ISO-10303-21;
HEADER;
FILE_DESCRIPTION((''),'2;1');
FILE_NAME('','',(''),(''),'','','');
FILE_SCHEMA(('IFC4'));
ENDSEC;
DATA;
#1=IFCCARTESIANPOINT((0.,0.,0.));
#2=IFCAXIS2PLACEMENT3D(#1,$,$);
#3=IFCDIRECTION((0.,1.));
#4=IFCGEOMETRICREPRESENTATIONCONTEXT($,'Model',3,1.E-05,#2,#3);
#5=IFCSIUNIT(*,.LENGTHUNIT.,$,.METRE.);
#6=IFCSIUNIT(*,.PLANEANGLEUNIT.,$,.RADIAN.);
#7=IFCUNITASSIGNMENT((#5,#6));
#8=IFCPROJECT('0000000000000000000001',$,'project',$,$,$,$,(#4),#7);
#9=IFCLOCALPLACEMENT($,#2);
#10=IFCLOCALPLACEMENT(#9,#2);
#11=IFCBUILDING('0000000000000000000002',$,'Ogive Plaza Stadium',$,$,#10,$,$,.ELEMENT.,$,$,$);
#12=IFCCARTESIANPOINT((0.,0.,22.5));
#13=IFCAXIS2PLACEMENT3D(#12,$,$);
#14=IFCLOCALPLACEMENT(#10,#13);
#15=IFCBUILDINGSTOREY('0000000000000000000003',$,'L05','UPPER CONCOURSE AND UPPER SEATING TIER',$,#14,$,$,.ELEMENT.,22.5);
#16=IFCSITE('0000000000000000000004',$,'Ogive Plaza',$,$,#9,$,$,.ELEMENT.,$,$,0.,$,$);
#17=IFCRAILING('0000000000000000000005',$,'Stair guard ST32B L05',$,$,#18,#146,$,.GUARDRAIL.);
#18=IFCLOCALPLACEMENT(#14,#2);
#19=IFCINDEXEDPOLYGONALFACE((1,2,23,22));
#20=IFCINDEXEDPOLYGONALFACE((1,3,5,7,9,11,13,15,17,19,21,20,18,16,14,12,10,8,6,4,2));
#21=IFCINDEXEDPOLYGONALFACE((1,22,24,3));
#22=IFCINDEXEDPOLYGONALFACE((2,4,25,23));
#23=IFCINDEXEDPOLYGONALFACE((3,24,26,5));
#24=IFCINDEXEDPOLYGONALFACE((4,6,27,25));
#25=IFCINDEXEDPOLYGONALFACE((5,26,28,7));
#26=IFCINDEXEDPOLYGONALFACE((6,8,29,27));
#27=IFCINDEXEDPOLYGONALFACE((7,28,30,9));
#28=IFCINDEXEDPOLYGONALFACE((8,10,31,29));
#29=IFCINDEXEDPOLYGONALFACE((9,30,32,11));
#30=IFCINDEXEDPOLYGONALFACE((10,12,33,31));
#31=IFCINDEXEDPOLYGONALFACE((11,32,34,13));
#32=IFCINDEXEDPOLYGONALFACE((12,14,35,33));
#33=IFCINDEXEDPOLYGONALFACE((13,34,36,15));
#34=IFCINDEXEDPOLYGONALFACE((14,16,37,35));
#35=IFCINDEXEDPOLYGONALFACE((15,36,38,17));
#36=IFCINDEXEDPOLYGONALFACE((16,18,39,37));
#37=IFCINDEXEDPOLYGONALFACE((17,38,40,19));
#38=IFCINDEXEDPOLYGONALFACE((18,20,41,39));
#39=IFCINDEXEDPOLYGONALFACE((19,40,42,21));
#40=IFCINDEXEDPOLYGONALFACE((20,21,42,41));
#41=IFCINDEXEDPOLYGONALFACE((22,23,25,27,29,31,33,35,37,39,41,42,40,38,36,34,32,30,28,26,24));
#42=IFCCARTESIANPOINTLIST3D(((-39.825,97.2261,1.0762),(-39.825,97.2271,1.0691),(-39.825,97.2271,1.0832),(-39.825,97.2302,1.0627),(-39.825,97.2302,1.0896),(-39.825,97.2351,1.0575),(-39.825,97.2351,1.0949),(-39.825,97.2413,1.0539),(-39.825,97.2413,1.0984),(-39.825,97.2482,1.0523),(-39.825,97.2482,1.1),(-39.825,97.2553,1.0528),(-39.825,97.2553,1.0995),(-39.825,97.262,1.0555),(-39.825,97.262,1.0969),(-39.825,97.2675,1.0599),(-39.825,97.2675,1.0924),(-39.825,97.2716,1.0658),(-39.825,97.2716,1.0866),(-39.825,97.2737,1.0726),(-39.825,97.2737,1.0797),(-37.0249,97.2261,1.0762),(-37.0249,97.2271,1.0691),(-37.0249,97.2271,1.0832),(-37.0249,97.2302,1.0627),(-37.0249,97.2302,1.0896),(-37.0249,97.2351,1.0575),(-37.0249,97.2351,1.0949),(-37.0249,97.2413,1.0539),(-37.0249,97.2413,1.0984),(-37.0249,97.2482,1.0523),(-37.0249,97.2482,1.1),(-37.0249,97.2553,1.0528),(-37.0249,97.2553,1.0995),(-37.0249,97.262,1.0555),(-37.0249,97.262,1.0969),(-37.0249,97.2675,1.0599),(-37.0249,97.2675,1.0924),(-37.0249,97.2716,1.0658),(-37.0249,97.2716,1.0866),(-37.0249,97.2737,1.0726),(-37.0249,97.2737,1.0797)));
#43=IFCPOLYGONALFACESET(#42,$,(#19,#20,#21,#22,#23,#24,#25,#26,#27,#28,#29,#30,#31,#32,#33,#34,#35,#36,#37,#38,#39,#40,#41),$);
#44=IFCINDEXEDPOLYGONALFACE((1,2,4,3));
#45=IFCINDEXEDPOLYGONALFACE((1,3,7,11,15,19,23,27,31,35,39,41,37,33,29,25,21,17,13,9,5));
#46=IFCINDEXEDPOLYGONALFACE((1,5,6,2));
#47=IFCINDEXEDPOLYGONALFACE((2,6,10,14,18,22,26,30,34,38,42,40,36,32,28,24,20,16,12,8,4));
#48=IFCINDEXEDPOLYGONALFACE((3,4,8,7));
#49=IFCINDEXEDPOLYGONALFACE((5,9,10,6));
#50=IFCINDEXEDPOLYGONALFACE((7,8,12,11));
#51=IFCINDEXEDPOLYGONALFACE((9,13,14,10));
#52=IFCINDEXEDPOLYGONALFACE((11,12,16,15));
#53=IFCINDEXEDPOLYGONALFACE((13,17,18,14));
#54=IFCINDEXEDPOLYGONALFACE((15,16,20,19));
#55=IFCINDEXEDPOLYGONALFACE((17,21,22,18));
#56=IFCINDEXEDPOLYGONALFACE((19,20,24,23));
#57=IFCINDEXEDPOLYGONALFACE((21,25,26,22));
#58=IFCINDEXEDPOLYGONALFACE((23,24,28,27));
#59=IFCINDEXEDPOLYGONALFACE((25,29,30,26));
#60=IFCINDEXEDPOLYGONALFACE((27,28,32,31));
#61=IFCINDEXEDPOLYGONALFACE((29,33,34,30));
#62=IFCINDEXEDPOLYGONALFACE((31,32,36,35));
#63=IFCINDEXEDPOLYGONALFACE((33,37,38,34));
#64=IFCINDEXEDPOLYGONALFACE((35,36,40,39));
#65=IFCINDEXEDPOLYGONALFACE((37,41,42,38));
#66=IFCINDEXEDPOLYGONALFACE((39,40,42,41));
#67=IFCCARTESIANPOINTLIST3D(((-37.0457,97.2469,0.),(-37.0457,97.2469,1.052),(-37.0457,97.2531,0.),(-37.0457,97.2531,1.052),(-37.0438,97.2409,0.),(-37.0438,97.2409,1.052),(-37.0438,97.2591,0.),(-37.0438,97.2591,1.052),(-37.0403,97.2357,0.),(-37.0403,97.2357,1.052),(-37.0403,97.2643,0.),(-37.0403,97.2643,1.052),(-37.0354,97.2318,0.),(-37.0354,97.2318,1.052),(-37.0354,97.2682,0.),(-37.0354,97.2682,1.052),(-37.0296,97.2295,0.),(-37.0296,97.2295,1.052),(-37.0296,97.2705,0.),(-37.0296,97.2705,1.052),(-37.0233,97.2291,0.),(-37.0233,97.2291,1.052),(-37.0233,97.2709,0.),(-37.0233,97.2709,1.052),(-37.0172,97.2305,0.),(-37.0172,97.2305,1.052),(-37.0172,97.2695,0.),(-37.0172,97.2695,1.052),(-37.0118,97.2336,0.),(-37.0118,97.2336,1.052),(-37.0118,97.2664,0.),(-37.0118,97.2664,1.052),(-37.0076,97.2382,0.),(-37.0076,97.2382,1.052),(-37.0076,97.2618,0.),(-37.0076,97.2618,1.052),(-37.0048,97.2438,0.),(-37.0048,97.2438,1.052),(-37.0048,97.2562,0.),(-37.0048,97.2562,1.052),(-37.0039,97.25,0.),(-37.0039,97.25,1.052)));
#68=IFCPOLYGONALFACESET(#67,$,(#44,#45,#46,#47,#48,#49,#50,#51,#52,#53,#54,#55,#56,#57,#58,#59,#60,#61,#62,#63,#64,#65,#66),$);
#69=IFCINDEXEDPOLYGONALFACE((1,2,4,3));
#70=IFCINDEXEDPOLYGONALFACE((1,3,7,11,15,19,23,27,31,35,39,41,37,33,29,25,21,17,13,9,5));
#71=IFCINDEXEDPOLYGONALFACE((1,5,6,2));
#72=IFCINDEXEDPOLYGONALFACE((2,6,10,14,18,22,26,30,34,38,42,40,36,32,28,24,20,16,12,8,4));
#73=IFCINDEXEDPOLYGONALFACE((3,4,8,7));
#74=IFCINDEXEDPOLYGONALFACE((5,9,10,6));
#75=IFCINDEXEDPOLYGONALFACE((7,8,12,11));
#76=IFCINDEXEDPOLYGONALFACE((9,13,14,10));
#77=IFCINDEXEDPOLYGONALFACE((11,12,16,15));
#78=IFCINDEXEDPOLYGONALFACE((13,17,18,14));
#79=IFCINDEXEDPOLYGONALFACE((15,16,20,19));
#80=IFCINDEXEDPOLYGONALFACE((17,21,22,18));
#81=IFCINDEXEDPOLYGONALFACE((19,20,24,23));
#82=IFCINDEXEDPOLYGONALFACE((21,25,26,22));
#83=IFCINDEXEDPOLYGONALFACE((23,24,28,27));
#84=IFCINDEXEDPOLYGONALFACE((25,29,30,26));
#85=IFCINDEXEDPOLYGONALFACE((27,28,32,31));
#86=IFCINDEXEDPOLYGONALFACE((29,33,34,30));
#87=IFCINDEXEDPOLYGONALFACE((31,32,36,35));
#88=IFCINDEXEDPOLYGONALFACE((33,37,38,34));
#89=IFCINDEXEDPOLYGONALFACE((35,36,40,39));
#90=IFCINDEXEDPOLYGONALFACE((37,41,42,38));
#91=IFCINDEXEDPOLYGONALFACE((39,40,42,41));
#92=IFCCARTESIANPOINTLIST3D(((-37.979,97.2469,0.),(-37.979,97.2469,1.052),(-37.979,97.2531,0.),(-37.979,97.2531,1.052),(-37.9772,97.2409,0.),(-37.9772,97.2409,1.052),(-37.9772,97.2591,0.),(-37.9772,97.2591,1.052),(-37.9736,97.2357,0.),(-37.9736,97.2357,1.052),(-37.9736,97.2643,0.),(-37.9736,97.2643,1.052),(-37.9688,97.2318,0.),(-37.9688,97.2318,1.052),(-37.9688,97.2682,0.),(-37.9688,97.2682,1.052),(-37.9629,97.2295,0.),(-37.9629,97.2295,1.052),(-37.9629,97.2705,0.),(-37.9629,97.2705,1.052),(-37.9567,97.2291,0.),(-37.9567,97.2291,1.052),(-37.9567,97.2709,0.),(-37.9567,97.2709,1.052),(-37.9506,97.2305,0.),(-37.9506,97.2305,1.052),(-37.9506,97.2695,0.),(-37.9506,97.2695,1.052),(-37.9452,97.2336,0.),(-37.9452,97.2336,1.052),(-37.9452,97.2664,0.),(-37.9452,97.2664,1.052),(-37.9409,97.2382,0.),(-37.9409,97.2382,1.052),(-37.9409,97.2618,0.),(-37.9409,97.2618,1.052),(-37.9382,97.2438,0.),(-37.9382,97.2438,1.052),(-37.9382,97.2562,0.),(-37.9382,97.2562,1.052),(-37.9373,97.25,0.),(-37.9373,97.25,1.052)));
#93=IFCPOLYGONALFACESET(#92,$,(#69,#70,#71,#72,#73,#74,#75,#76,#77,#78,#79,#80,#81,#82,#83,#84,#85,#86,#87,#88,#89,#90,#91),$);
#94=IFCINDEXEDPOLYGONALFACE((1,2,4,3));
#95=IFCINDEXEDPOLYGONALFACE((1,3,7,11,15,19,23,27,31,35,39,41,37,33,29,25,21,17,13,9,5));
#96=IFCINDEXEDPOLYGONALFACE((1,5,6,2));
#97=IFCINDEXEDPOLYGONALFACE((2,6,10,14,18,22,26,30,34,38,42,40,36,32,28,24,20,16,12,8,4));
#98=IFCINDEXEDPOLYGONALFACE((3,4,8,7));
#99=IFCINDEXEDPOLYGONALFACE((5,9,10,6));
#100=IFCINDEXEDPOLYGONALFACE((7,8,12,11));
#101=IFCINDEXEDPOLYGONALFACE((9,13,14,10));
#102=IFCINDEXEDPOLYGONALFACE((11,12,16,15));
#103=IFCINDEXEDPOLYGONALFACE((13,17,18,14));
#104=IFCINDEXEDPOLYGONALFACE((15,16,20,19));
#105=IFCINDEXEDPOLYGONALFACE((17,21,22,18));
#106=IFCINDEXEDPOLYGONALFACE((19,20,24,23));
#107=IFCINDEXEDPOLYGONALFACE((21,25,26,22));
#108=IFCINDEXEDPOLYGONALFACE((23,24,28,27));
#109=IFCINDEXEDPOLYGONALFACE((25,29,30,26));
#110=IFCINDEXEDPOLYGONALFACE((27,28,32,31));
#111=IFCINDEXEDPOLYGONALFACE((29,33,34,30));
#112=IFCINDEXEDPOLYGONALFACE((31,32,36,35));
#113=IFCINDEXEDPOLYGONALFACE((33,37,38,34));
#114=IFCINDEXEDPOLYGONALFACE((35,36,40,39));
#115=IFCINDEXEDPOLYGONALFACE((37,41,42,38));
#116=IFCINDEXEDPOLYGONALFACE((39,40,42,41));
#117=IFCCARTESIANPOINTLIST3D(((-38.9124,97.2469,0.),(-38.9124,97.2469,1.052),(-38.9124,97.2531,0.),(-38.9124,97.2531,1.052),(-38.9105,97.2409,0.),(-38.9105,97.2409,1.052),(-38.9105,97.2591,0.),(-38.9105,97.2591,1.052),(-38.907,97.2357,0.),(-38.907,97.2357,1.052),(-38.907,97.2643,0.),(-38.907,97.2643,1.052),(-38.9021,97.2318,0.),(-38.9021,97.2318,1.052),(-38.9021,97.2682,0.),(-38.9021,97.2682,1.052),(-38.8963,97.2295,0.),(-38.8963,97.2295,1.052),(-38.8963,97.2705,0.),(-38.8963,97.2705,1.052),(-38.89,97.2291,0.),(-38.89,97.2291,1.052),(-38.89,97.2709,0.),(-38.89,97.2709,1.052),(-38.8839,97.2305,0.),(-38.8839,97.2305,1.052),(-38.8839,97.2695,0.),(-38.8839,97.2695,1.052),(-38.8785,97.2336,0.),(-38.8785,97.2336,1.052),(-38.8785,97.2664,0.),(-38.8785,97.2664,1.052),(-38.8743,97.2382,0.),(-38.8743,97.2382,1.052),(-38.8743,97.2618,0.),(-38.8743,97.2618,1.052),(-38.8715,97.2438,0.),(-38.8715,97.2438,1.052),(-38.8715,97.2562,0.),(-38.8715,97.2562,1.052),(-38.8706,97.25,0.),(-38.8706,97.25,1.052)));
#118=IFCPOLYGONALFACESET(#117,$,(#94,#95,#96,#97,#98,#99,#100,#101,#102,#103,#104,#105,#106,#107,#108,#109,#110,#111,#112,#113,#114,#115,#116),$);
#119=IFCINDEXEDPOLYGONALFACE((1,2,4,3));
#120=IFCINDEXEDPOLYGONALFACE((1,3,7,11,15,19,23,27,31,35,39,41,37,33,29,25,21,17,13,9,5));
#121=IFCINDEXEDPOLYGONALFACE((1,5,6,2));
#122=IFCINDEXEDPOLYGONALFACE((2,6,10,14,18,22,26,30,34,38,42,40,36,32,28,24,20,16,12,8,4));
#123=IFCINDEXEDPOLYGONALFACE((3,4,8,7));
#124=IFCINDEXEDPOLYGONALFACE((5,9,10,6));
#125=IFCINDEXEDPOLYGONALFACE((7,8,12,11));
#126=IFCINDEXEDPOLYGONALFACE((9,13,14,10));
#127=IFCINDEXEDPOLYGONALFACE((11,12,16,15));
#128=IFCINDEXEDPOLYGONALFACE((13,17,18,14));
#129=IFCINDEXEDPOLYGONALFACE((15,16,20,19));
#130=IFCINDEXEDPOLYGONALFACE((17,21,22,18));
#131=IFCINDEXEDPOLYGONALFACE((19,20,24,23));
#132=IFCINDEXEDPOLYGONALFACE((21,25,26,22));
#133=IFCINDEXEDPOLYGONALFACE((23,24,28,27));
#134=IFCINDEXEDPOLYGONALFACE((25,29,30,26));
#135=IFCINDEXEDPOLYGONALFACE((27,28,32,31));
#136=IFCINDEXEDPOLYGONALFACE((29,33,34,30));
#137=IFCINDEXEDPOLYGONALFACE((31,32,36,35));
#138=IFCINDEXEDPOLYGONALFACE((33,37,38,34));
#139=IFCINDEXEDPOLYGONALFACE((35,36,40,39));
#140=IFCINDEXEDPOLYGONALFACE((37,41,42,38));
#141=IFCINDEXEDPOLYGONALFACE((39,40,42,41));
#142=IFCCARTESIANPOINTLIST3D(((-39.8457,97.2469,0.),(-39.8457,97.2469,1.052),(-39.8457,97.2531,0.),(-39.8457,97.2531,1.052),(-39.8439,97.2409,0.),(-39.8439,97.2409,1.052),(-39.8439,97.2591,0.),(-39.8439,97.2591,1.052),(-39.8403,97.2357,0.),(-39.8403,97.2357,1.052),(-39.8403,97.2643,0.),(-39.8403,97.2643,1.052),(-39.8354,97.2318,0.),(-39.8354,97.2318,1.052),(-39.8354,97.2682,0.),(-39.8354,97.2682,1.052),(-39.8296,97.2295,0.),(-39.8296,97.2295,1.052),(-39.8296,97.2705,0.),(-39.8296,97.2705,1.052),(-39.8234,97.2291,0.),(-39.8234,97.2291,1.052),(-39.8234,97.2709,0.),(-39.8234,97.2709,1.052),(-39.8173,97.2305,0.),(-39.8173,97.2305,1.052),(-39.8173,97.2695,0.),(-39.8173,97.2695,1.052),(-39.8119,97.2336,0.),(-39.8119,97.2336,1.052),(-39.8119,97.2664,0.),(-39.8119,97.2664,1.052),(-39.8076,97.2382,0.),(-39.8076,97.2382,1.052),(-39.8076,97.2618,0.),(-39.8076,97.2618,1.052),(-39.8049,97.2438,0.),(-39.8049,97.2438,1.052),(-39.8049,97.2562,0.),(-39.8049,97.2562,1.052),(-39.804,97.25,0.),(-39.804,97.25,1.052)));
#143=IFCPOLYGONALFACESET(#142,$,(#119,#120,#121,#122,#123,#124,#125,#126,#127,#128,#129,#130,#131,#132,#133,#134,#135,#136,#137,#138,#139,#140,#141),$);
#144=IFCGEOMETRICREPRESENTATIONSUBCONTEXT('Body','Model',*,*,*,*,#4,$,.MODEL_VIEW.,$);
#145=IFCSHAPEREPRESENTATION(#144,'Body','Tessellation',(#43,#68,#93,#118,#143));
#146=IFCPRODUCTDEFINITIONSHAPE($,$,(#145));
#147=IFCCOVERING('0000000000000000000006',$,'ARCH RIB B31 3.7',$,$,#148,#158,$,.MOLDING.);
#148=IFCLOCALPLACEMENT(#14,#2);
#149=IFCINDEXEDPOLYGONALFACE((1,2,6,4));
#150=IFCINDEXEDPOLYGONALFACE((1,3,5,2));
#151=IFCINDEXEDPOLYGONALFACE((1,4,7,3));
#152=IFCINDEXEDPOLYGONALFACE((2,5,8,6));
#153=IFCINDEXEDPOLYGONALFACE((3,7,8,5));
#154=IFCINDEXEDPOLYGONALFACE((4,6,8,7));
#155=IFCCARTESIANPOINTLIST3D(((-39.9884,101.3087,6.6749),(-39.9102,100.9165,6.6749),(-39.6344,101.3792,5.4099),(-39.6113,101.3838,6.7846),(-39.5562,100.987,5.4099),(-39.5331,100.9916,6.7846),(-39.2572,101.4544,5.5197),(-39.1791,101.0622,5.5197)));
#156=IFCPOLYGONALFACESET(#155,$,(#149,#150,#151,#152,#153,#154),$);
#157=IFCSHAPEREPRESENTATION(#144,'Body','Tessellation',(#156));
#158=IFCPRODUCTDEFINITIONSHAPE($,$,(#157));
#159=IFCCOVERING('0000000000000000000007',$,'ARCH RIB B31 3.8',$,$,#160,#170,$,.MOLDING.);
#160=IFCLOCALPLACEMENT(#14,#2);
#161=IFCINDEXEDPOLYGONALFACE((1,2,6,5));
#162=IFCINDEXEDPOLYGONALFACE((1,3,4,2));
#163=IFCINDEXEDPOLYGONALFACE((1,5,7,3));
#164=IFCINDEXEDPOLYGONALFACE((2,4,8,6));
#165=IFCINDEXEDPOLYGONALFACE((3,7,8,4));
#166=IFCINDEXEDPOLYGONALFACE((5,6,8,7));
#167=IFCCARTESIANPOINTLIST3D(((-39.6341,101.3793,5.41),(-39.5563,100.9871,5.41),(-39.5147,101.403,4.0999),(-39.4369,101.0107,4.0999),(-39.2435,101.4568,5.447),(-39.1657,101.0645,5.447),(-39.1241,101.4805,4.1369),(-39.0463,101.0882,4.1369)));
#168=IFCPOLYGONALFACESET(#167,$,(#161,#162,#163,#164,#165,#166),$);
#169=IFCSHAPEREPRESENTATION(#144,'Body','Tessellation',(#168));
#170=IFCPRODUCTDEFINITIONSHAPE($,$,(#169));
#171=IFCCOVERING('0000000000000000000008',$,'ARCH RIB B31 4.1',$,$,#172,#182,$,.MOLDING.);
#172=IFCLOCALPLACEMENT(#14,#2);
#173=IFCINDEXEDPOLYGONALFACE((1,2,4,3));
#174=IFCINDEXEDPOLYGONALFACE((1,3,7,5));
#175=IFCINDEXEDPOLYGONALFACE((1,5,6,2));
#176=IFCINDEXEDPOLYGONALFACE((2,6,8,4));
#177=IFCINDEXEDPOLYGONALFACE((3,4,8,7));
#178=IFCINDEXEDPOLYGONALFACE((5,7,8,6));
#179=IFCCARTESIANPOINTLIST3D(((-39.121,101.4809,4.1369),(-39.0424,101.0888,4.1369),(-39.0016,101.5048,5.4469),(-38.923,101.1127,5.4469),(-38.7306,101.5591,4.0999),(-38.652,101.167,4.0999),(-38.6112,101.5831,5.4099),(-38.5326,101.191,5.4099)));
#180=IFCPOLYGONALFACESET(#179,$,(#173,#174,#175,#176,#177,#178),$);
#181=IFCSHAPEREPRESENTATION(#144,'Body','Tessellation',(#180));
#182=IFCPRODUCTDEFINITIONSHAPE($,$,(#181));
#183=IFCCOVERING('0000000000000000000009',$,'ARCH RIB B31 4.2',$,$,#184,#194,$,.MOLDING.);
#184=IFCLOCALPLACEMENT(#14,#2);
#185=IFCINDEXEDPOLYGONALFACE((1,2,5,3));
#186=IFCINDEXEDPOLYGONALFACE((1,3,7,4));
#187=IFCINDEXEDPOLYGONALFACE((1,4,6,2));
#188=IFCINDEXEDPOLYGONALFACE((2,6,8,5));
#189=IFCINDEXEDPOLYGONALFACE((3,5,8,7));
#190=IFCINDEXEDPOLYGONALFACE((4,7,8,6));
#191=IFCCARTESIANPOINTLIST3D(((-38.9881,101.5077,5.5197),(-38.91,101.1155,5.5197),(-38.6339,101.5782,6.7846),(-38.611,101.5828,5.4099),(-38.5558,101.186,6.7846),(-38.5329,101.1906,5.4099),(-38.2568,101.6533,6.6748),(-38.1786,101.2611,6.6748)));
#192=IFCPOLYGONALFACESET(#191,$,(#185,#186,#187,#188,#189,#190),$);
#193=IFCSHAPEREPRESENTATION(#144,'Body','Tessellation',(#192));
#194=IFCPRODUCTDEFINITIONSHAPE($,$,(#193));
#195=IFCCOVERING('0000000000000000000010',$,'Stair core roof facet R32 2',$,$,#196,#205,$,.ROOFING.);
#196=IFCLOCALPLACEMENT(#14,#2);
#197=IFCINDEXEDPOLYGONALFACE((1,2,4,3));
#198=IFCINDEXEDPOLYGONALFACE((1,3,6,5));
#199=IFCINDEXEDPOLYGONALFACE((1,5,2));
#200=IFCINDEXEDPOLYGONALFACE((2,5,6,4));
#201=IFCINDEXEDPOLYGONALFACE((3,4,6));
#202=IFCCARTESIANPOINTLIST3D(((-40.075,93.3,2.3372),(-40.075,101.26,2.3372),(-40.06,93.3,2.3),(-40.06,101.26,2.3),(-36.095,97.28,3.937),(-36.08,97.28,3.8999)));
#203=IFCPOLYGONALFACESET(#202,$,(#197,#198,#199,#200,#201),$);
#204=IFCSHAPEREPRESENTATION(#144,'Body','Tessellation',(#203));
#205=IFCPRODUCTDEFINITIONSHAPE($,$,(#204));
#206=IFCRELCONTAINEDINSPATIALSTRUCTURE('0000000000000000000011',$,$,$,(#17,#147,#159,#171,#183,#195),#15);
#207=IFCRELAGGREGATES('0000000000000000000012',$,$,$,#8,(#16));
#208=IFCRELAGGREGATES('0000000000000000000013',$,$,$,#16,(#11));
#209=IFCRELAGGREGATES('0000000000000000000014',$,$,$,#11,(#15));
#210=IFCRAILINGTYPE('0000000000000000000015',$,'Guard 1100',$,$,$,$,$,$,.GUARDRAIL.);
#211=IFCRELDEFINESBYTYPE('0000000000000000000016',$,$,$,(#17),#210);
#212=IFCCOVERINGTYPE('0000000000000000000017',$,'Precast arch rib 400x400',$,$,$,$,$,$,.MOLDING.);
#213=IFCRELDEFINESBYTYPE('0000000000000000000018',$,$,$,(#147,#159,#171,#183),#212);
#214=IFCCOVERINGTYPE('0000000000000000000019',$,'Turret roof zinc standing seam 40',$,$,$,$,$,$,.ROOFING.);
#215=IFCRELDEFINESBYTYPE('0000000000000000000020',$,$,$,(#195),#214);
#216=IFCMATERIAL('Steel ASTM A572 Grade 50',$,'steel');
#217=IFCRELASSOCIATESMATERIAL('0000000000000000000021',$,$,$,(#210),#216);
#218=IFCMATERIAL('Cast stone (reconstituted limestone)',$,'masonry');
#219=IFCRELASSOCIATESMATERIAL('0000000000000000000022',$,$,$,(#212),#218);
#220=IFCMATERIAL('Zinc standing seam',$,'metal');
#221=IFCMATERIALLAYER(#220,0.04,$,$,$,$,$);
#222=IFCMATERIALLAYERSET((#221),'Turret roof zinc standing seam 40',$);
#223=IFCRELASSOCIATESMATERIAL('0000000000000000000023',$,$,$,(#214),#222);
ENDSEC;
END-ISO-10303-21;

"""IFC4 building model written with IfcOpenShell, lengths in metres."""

from ifc_helpers import new_model, si_unit, direction, frame, origin, origin_2d, place, context, subcontext, project, spatial, polyline, rectangle, circle, outline, extrude, material, layer, layer_set, material_profile, profile_set, type_object, element, save


model = new_model("IFC4")

# Units and contexts
model_context = context("Model", 3, precision=1e-05, world=origin(), true_north=direction((0.0, 1.0)))
body_context = subcontext(model_context, "Body", "Model", "MODEL_VIEW")
ifc_project = project(units=[si_unit("LENGTHUNIT", "METRE"), si_unit("PLANEANGLEUNIT", "RADIAN")], contexts=[model_context])

# Site, building, storey
site_placement = place(None, origin())
site = spatial("IfcSite", under=ifc_project, at=site_placement, Name="Ogive Plaza", CompositionType="ELEMENT", RefElevation=0.0)
building_placement = place(site_placement, origin())
building = spatial("IfcBuilding", under=site, at=building_placement, Name="Ogive Plaza Stadium", CompositionType="ELEMENT")
storey_placement = place(building_placement, frame((0.0, 0.0, 22.5)))
storey = spatial("IfcBuildingStorey", under=building, at=storey_placement, Name="L05", Description="UPPER CONCOURSE AND UPPER SEATING TIER", CompositionType="ELEMENT", Elevation=22.5)

# Railing
ifc_material_1 = material(Name="Steel ASTM A572 Grade 50", Category="steel")
railing_type = type_object("IfcRailingType", Name="Guard 1100", PredefinedType="GUARDRAIL", material=ifc_material_1)
railing_1_placement = place(storey_placement, frame((-37.0249, 97.25, 0.0)))
element("IfcRailing", 1, at=railing_1_placement, inside=storey, type_object=railing_type, Name="Stair guard ST32B L05", PredefinedType="GUARDRAIL", context=body_context, shape_type="SweptSolid", body=[
    extrude(circle(Radius=0.0239, at=origin_2d()), frame((0.0, 0.0, 1.0762), z_axis=(-1.0, 0.0, 0.0), x_axis=(0.0, -1.0, 0.0)), (0.0, 0.0, 1.0), 2.8),
    extrude(circle(Radius=0.021, at=origin_2d()), origin(), (0.0, 0.0, 1.0), 1.052),
    extrude(circle(Radius=0.021, at=origin_2d()), frame((-0.9333, 0.0, 0.0)), (0.0, 0.0, 1.0), 1.052),
    extrude(circle(Radius=0.021, at=origin_2d()), frame((-1.8667, 0.0, 0.0)), (0.0, 0.0, 1.0), 1.052),
    extrude(circle(Radius=0.021, at=origin_2d()), frame((-2.8, 0.0, 0.0)), (0.0, 0.0, 1.0), 1.052),
])

# Coverings
ifc_material_2 = material(Name="Cast stone (reconstituted limestone)", Category="masonry")
ifc_material_profile_1 = material_profile(ifc_material_2, rectangle(XDim=0.3999, YDim=0.3999, at=origin_2d()), Name="Cast stone 400x400")
ifc_profile_set_1 = profile_set([ifc_material_profile_1], Name="Cast stone (reconstituted limestone)")
covering_type_1 = type_object("IfcCoveringType", Name="Precast arch rib 400x400", PredefinedType="MOLDING", material=ifc_profile_set_1)
covering_1_placement = place(storey_placement, frame((-39.7607, 101.1501, 6.7297), z_axis=(0.269125, 0.053639, -0.96161), x_axis=(-0.195466, 0.980711, 0.0)))
element("IfcCovering", 2, at=covering_1_placement, inside=storey, type_object=covering_type_1, Name="ARCH RIB B31 3.7", PredefinedType="MOLDING", context=body_context, shape_type="SweptSolid", body=[
    extrude(rectangle(XDim=0.3999, YDim=0.3999, at=origin_2d()), origin(), (0.0, 0.0, 1.0), 1.3154),
])
for number, where, z_axis, x_axis, name in (
    (3, (-39.3999, 101.2219, 5.4285), (0.090739, 0.017999, -0.995712), (-0.194573, 0.980888, 0.0), "ARCH RIB B31 3.8"),
    (4, (-38.8865, 101.324, 4.1184), (0.090738, 0.018185, 0.995709), (-0.196502, 0.980503, 0.0), "ARCH RIB B31 4.1"),
):
    element("IfcCovering", number, at=place(storey_placement, frame(where, z_axis=z_axis, x_axis=x_axis)), inside=storey, type_object=covering_type_1, Name=name, PredefinedType="MOLDING", context=body_context, shape_type="SweptSolid", body=[
        extrude(rectangle(XDim=0.3999, YDim=0.3999, at=origin_2d()), origin(), (0.0, 0.0, 1.0), 1.3157),
    ])
covering_2_placement = place(storey_placement, frame((-38.7605, 101.3491, 5.4648), z_axis=(0.269297, 0.053637, 0.961562), x_axis=(-0.195336, 0.980736, 0.0)))
element("IfcCovering", 5, at=covering_2_placement, inside=storey, type_object=covering_type_1, Name="ARCH RIB B31 4.2", PredefinedType="MOLDING", context=body_context, shape_type="SweptSolid", body=[
    extrude(rectangle(XDim=0.3999, YDim=0.3999, at=origin_2d()), origin(), (0.0, 0.0, 1.0), 1.3154),
])
ifc_material_3 = material(Name="Zinc standing seam", Category="metal")
ifc_layer_1 = layer(ifc_material_3, 0.04)
ifc_layer_set_1 = layer_set([ifc_layer_1], Name="Turret roof zinc standing seam 40")
covering_type_2 = type_object("IfcCoveringType", Name="Turret roof zinc standing seam 40", PredefinedType="ROOFING", material=ifc_layer_set_1)
covering_3_placement = place(storey_placement, frame((-40.075, 101.26, 2.3372), z_axis=(-0.37297, 0.0, 0.927843), x_axis=(0.0, -1.0, 0.0)))
element("IfcCovering", 6, at=covering_3_placement, inside=storey, type_object=covering_type_2, Name="Stair core roof facet R32 2", PredefinedType="ROOFING", context=body_context, shape_type="SweptSolid", body=[
    extrude(outline(polyline([(0.0, 0.0), (7.96, 0.0), (3.98, 4.2895), (0.0, 0.0)])), origin(), (0.0, 0.0, -1.0), 0.04),
])

save(model, "model.ifc")
